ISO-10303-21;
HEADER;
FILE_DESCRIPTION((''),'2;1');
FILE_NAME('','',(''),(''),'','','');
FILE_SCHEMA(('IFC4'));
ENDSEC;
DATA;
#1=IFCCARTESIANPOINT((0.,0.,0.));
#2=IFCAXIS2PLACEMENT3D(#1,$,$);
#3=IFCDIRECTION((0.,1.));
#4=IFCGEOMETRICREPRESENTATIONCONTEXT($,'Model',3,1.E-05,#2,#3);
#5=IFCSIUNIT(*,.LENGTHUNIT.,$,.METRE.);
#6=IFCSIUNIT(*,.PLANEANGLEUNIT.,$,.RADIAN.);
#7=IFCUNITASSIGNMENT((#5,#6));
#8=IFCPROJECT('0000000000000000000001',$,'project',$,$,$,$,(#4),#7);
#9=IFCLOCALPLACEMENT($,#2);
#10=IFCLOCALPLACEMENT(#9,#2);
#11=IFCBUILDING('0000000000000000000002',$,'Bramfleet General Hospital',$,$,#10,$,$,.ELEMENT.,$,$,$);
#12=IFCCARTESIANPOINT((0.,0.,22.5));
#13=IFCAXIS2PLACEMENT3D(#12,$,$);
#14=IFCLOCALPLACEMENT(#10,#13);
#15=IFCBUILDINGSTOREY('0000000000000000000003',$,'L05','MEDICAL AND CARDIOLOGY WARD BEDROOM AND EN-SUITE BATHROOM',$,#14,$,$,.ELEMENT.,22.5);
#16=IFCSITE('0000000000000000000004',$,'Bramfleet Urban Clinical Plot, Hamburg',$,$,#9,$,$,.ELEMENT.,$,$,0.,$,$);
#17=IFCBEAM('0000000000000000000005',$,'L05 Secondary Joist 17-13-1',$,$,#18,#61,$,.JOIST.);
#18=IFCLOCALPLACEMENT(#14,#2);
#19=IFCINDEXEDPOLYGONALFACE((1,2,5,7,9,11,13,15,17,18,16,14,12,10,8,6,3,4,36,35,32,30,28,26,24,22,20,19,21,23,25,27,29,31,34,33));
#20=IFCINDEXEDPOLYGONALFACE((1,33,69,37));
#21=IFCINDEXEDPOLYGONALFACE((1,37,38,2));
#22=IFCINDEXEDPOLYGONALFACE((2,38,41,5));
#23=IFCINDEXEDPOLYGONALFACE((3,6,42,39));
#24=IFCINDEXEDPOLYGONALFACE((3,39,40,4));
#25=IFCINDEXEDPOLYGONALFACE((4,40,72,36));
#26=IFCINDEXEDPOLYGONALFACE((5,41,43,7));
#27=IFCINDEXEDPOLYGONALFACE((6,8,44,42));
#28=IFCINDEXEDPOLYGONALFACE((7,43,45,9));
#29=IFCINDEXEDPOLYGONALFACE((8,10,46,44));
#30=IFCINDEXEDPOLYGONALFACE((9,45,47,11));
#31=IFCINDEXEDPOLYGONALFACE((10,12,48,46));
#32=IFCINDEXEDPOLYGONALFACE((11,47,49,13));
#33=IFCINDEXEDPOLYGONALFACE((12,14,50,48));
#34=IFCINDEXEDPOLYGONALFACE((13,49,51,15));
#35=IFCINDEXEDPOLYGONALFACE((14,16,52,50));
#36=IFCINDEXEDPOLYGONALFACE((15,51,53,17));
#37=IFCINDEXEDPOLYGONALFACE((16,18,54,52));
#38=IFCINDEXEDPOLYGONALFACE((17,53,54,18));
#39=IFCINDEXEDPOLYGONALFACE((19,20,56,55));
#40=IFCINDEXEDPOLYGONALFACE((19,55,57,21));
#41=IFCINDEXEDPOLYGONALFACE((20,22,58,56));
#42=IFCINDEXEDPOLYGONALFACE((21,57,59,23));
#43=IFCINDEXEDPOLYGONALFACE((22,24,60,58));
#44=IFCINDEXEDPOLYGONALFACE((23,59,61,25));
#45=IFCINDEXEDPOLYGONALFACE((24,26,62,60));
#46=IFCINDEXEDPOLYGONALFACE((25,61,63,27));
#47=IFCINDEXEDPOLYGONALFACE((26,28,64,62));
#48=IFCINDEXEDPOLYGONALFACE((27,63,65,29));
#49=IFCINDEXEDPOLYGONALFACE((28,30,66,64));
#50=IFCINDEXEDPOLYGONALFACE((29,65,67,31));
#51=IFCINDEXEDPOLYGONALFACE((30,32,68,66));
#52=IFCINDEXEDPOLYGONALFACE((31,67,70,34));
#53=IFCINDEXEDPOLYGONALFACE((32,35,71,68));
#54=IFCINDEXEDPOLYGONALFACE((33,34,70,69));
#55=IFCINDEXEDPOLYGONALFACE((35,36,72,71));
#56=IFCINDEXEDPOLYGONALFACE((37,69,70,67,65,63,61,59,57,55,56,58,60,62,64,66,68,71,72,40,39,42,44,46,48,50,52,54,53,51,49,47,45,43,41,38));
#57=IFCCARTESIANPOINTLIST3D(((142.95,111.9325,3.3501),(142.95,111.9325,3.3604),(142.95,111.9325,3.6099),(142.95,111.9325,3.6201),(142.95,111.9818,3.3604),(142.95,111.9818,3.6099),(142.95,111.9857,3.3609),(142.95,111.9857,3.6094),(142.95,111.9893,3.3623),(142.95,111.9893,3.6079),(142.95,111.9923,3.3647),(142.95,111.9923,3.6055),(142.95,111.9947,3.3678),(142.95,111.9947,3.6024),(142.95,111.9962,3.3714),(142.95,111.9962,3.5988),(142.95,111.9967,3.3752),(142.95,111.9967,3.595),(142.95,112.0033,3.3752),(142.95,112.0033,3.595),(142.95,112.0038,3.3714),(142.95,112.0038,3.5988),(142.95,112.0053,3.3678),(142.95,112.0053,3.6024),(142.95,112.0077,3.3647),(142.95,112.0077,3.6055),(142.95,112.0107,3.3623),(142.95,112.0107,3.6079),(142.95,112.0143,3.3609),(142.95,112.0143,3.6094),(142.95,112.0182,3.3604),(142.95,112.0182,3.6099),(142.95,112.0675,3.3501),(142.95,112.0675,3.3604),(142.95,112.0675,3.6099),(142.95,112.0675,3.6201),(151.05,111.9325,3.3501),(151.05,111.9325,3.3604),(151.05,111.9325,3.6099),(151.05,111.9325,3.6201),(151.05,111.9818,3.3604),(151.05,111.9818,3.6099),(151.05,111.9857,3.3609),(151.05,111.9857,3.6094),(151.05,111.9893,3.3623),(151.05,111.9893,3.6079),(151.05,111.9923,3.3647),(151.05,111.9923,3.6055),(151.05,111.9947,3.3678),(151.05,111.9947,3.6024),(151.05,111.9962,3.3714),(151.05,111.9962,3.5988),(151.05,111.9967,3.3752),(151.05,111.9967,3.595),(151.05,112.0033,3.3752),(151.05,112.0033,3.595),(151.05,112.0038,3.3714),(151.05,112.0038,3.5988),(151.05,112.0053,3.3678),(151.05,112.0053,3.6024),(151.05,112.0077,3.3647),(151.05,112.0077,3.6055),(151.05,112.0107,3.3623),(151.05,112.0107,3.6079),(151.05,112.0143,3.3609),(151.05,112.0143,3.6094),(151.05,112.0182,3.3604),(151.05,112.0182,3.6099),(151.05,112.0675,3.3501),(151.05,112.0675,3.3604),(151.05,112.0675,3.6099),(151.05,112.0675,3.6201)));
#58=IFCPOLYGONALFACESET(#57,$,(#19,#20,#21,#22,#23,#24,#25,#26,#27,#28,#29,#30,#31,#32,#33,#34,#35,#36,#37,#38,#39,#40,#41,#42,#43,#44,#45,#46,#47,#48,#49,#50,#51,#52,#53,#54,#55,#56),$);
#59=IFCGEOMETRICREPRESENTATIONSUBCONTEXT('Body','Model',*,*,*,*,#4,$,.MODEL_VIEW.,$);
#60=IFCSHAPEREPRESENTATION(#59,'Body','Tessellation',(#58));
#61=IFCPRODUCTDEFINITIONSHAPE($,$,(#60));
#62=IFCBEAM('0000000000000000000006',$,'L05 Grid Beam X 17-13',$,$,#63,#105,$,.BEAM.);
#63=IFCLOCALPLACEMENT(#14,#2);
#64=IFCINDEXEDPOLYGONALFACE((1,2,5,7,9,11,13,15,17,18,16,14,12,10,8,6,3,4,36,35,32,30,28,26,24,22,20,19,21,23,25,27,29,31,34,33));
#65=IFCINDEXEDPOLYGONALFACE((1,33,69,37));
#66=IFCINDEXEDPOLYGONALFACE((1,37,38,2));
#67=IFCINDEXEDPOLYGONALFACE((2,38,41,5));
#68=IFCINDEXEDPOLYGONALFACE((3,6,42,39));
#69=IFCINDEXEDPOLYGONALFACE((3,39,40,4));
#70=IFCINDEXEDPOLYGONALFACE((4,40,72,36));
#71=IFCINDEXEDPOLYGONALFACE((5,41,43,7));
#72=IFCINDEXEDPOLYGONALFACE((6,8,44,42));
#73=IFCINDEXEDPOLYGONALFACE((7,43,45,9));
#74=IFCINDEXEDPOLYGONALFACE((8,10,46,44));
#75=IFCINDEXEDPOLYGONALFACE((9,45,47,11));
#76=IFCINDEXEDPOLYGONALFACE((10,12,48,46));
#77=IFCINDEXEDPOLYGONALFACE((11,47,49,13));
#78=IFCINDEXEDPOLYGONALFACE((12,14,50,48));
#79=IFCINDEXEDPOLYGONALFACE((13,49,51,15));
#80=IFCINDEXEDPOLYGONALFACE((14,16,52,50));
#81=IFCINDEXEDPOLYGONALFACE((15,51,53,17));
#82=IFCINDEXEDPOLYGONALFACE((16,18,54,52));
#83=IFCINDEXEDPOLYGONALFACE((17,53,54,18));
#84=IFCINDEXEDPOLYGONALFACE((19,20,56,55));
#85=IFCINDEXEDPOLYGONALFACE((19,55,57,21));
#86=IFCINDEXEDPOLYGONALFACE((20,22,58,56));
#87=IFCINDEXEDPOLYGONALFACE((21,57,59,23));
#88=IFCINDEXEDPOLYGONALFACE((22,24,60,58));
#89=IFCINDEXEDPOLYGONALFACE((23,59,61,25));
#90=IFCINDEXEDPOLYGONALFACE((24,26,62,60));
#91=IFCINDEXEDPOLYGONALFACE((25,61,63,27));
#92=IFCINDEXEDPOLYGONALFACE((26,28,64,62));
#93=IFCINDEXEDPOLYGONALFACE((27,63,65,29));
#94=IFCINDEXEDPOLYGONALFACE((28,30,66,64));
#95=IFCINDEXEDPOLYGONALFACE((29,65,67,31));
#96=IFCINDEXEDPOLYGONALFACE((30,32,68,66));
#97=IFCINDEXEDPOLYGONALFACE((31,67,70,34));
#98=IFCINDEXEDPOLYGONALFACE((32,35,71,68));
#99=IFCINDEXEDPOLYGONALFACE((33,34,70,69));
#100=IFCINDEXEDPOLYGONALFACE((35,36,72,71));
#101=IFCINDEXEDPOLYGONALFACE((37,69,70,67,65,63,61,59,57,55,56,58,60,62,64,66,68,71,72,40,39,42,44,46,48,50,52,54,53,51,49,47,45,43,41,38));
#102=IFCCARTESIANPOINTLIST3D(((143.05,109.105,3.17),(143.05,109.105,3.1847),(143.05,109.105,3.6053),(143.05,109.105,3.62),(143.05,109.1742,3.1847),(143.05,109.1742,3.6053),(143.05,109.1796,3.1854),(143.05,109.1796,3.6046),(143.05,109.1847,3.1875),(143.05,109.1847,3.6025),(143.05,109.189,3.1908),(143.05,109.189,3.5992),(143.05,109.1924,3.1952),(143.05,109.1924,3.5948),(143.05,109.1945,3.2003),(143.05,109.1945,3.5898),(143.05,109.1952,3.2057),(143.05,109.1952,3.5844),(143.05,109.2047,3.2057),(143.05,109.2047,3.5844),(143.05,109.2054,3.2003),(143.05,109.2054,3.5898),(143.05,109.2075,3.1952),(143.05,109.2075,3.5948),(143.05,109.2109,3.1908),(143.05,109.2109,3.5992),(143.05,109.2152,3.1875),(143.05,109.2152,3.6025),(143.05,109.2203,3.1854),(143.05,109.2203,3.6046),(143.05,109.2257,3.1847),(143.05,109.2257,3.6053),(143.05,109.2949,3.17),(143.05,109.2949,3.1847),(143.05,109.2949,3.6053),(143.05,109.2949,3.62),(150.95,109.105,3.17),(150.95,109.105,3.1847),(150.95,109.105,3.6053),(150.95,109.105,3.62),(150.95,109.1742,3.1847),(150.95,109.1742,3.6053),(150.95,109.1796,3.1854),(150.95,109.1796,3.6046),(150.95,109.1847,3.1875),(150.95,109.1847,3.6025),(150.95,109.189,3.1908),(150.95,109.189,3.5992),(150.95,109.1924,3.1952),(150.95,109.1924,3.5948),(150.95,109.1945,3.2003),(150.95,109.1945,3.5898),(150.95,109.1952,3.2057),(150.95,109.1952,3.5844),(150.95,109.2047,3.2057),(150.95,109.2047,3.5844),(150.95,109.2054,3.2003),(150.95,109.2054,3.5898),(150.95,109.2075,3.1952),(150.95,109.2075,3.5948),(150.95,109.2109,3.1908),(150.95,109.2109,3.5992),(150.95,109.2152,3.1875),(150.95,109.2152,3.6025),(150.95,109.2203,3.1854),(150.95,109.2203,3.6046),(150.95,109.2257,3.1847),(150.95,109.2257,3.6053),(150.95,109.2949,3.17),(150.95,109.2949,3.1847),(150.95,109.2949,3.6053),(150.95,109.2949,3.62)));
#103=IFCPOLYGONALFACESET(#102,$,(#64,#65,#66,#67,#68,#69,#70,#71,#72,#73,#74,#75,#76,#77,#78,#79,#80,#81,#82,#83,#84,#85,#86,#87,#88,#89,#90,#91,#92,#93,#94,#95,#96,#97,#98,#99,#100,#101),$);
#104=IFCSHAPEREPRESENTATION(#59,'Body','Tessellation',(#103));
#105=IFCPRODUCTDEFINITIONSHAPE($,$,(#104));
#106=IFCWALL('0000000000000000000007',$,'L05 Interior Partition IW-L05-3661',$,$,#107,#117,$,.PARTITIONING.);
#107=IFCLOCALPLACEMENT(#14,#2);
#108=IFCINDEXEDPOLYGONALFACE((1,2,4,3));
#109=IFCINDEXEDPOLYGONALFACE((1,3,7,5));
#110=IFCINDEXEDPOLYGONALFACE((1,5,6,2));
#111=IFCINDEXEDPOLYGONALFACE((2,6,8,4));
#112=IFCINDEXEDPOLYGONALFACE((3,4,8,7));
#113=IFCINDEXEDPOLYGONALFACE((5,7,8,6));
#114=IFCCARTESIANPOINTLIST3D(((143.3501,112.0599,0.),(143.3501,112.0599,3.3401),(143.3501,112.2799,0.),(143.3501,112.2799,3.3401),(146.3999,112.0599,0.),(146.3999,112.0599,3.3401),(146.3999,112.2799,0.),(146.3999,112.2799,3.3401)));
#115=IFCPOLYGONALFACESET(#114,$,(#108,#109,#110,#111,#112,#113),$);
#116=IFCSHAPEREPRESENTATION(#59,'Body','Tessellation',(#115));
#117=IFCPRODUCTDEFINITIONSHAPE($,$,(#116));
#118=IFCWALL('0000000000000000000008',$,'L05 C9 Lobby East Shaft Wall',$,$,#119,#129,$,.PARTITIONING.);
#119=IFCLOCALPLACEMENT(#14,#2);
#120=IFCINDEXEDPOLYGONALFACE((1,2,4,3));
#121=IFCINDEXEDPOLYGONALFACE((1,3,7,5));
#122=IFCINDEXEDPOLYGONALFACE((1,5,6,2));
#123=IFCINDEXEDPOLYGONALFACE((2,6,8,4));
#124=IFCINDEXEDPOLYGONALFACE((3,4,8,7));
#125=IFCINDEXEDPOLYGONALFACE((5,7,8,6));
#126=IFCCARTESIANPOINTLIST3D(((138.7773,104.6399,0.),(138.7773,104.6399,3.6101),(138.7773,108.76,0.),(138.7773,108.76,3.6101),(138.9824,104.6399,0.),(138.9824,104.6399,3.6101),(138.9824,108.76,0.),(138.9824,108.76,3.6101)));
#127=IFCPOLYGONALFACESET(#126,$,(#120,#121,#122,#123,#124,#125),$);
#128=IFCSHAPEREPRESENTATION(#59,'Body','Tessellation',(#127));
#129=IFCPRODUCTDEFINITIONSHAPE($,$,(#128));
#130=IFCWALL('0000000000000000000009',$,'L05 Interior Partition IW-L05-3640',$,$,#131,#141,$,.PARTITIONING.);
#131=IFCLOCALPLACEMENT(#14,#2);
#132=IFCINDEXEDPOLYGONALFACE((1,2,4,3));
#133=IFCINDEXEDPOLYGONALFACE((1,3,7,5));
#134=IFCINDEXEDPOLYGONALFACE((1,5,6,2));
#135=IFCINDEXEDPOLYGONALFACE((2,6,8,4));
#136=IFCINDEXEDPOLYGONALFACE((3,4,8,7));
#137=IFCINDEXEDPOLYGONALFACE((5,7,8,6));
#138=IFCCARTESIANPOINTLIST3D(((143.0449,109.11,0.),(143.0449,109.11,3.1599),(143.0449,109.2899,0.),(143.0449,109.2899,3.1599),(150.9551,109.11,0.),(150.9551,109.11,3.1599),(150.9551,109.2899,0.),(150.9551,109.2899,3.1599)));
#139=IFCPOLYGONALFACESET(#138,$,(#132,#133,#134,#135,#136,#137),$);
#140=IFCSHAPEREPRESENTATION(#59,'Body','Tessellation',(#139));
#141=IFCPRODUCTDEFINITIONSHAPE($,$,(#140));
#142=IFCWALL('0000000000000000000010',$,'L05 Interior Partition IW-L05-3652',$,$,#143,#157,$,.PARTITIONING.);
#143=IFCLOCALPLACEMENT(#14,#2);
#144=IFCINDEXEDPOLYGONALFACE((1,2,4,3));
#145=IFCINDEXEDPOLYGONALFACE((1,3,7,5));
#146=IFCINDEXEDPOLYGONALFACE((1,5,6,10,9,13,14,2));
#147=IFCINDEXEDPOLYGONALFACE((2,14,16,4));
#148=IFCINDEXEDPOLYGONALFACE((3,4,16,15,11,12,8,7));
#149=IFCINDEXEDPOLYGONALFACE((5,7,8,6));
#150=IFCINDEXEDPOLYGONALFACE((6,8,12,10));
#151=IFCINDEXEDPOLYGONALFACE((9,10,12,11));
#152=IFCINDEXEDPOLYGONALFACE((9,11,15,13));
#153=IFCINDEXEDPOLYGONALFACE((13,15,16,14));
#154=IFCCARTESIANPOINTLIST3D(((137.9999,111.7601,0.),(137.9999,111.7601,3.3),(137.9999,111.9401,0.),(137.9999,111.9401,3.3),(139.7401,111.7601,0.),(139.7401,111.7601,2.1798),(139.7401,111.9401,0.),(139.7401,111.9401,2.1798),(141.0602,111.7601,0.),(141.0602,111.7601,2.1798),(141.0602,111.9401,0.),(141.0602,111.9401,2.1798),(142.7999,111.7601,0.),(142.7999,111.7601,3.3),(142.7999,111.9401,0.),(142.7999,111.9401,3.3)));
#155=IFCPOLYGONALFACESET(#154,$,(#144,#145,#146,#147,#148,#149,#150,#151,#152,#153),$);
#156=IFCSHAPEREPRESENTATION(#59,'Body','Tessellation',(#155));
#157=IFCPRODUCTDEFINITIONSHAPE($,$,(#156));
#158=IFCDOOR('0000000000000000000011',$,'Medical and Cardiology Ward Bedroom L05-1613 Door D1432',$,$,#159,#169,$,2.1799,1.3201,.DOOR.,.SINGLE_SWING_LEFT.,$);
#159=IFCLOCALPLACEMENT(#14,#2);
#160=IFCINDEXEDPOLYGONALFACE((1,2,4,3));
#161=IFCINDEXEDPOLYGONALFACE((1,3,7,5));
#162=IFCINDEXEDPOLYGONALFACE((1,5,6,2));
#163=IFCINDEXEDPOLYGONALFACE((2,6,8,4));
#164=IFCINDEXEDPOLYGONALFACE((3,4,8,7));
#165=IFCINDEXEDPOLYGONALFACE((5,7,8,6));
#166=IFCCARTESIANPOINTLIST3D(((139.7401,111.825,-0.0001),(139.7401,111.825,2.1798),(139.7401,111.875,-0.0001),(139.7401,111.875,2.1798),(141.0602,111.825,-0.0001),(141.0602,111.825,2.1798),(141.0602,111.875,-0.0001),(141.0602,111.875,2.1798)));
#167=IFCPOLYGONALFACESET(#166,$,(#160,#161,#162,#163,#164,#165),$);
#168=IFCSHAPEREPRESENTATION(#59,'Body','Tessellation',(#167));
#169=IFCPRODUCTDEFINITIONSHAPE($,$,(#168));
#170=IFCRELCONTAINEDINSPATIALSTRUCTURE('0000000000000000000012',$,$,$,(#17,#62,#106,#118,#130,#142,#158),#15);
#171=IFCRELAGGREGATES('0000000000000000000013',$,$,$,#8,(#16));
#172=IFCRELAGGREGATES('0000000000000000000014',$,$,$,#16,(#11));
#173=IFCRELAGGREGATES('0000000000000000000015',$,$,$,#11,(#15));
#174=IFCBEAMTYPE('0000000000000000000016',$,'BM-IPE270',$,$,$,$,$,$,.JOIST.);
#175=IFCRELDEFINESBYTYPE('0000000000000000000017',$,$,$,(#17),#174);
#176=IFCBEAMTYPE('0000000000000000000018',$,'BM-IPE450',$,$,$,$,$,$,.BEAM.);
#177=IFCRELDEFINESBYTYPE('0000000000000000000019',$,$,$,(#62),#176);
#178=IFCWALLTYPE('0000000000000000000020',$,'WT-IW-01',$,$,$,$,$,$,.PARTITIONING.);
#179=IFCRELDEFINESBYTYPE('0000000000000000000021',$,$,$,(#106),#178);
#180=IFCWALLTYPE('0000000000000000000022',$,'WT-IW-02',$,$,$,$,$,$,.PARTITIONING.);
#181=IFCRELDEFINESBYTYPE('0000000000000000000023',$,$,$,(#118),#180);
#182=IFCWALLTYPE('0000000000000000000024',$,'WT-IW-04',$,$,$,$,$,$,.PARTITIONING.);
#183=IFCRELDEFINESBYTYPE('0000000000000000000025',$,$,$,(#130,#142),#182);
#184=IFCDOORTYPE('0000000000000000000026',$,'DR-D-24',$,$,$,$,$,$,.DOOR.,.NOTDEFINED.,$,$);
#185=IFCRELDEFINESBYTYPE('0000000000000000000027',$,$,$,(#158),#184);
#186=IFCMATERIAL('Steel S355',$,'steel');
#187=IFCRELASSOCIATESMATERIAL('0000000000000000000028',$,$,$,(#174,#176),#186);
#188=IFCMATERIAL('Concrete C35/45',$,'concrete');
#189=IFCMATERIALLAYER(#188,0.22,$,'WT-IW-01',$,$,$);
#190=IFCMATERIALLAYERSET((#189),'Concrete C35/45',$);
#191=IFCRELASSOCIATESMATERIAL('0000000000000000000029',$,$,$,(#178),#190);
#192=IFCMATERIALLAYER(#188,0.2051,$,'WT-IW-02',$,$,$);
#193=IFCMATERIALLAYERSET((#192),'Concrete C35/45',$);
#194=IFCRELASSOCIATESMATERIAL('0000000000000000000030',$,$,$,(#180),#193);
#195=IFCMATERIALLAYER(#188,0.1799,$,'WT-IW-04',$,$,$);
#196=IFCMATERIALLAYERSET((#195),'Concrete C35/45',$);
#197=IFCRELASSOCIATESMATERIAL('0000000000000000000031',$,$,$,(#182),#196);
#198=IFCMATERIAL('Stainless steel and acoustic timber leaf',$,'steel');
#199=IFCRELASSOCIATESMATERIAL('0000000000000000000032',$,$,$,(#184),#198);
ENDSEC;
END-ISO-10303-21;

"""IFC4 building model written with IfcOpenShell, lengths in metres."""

from ifc_helpers import new_model, si_unit, direction, frame, frame_2d, origin, origin_2d, place, context, subcontext, project, spatial, rectangle, i_section, extrude, material, layer, layer_set, material_profile, profile_set, type_object, element, fill, save


model = new_model("IFC4")

# Units and contexts
model_context = context("Model", 3, precision=1e-05, world=origin(), true_north=direction((0.0, 1.0)))
body_context = subcontext(model_context, "Body", "Model", "MODEL_VIEW")
ifc_project = project(units=[si_unit("LENGTHUNIT", "METRE"), si_unit("PLANEANGLEUNIT", "RADIAN")], contexts=[model_context])

# Site, building, storey
site_placement = place(None, origin())
site = spatial("IfcSite", under=ifc_project, at=site_placement, Name="Bramfleet Urban Clinical Plot, Hamburg", CompositionType="ELEMENT", RefElevation=0.0)
building_placement = place(site_placement, origin())
building = spatial("IfcBuilding", under=site, at=building_placement, Name="Bramfleet General Hospital", CompositionType="ELEMENT")
storey_placement = place(building_placement, frame((0.0, 0.0, 22.5)))
storey = spatial("IfcBuildingStorey", under=building, at=storey_placement, Name="L05", Description="MEDICAL AND CARDIOLOGY WARD BEDROOM AND EN-SUITE BATHROOM", CompositionType="ELEMENT", Elevation=22.5)

# Beams
ifc_material_1 = material(Name="Steel S355", Category="steel")
ifc_material_profile_1 = material_profile(ifc_material_1, i_section(OverallWidth=0.135, OverallDepth=0.27, WebThickness=0.0066, FlangeThickness=0.0103, FilletRadius=0.0149, at=origin_2d()), Name="IPE 270")
ifc_profile_set_1 = profile_set([ifc_material_profile_1], Name="Steel S355")
beam_type_1 = type_object("IfcBeamType", Name="BM-IPE270", PredefinedType="JOIST", material=ifc_profile_set_1)
for number, where, z_axis, x_axis, name in (
    (1, (142.95, 112.0, 3.4851), (1.0, 0.0, 0.0), (0.0, 1.0, 0.0), "L05 Secondary Joist 17-13-1"),
):
    element("IfcBeam", number, at=place(storey_placement, frame(where, z_axis=z_axis, x_axis=x_axis)), inside=storey, type_object=beam_type_1, Name=name, PredefinedType="JOIST", context=body_context, shape_type="SweptSolid", body=[
        extrude(i_section(OverallWidth=0.135, OverallDepth=0.27, WebThickness=0.0066, FlangeThickness=0.0103, FilletRadius=0.0149, at=origin_2d()), origin(), (0.0, 0.0, 1.0), 8.1001),
    ])
ifc_material_profile_2 = material_profile(ifc_material_1, i_section(OverallWidth=0.1899, OverallDepth=0.45, WebThickness=0.0095, FlangeThickness=0.0146, FilletRadius=0.021, at=origin_2d()), Name="IPE 450")
ifc_profile_set_2 = profile_set([ifc_material_profile_2], Name="Steel S355")
beam_type_2 = type_object("IfcBeamType", Name="BM-IPE450", PredefinedType="BEAM", material=ifc_profile_set_2)
beam_1_placement = place(storey_placement, frame((143.05, 109.2, 3.395), z_axis=(1.0, 0.0, 0.0), x_axis=(0.0, 1.0, 0.0)))
element("IfcBeam", 2, at=beam_1_placement, inside=storey, type_object=beam_type_2, Name="L05 Grid Beam X 17-13", PredefinedType="BEAM", context=body_context, shape_type="SweptSolid", body=[
    extrude(i_section(OverallWidth=0.1899, OverallDepth=0.45, WebThickness=0.0095, FlangeThickness=0.0146, FilletRadius=0.021, at=origin_2d()), origin(), (0.0, 0.0, 1.0), 7.8999),
])

# Walls
ifc_material_2 = material(Name="Concrete C35/45", Category="concrete")
ifc_layer_1 = layer(ifc_material_2, 0.22, Name="WT-IW-01")
ifc_layer_set_1 = layer_set([ifc_layer_1], Name="Concrete C35/45")
wall_type_1 = type_object("IfcWallType", Name="WT-IW-01", PredefinedType="PARTITIONING", material=ifc_layer_set_1)
wall_1_placement = place(storey_placement, frame((143.3501, 112.1699, 0.0), z_axis=(0.0, 0.0, 1.0), x_axis=(1.0, 0.0, 0.0)))
element("IfcWall", 3, at=wall_1_placement, inside=storey, type_object=wall_type_1, Name="L05 Interior Partition IW-L05-3661", PredefinedType="PARTITIONING", context=body_context, shape_type="SweptSolid", body=[
    extrude(rectangle(XDim=3.0498, YDim=0.22, at=frame_2d((1.5249, 0.0))), origin(), (0.0, 0.0, 1.0), 3.3401),
])
ifc_layer_2 = layer(ifc_material_2, 0.2051, Name="WT-IW-02")
ifc_layer_set_2 = layer_set([ifc_layer_2], Name="Concrete C35/45")
wall_type_2 = type_object("IfcWallType", Name="WT-IW-02", PredefinedType="PARTITIONING", material=ifc_layer_set_2)
wall_2_placement = place(storey_placement, frame((138.8799, 104.6399, 0.0), z_axis=(0.0, 0.0, 1.0), x_axis=(0.0, 1.0, 0.0)))
element("IfcWall", 4, at=wall_2_placement, inside=storey, type_object=wall_type_2, Name="L05 C9 Lobby East Shaft Wall", PredefinedType="PARTITIONING", context=body_context, shape_type="SweptSolid", body=[
    extrude(rectangle(XDim=4.1201, YDim=0.2051, at=frame_2d((2.0601, 0.0))), origin(), (0.0, 0.0, 1.0), 3.6101),
])
ifc_layer_3 = layer(ifc_material_2, 0.1799, Name="WT-IW-04")
ifc_layer_set_3 = layer_set([ifc_layer_3], Name="Concrete C35/45")
wall_type_3 = type_object("IfcWallType", Name="WT-IW-04", PredefinedType="PARTITIONING", material=ifc_layer_set_3)
wall_3_placement = place(storey_placement, frame((143.0449, 109.2, 0.0), z_axis=(0.0, 0.0, 1.0), x_axis=(1.0, 0.0, 0.0)))
element("IfcWall", 5, at=wall_3_placement, inside=storey, type_object=wall_type_3, Name="L05 Interior Partition IW-L05-3640", PredefinedType="PARTITIONING", context=body_context, shape_type="SweptSolid", body=[
    extrude(rectangle(XDim=7.9102, YDim=0.1799, at=frame_2d((3.9551, 0.0))), origin(), (0.0, 0.0, 1.0), 3.1599),
])

# Wall, opening, door
wall_4_placement = place(storey_placement, frame((138.0, 111.8501, 0.0), z_axis=(0.0, 0.0, 1.0), x_axis=(1.0, 0.0, 0.0)))
wall_4 = element("IfcWall", 6, at=wall_4_placement, inside=storey, type_object=wall_type_3, Name="L05 Interior Partition IW-L05-3652", PredefinedType="PARTITIONING", context=body_context, shape_type="SweptSolid", body=[
    extrude(rectangle(XDim=4.8, YDim=0.1799, at=frame_2d((2.3999, 0.0))), origin(), (0.0, 0.0, 1.0), 3.3),
])
opening_1_placement = place(wall_4_placement, frame((1.74, 0.0, 0.0)))
opening_1 = element("IfcOpeningElement", 7, at=opening_1_placement, cuts=wall_4, PredefinedType="OPENING", context=body_context, shape_type="SweptSolid", body=[
    extrude(rectangle(XDim=1.3201, YDim=2.1799, at=frame_2d((0.6602, 1.0898))), frame((0.0, 0.0999, 0.0), z_axis=(0.0, -1.0, 0.0), x_axis=(1.0, 0.0, 0.0)), (0.0, 0.0, 1.0), 0.2),
])
ifc_material_3 = material(Name="Stainless steel and acoustic timber leaf", Category="steel")
door_type_1 = type_object("IfcDoorType", Name="DR-D-24", OperationType="NOTDEFINED", PredefinedType="DOOR", material=ifc_material_3)
door_1_placement = place(opening_1_placement, origin())
door_1 = element("IfcDoor", 8, at=door_1_placement, inside=storey, type_object=door_type_1, Name="Medical and Cardiology Ward Bedroom L05-1613 Door D1432", OperationType="SINGLE_SWING_LEFT", OverallHeight=2.1799, OverallWidth=1.3201, PredefinedType="DOOR", context=body_context, shape_type="SweptSolid", body=[
    extrude(rectangle(XDim=1.3201, YDim=2.1799, at=frame_2d((0.6602, 1.0898))), frame((0.0, 0.0249, 0.0), z_axis=(0.0, -1.0, 0.0), x_axis=(1.0, 0.0, 0.0)), (0.0, 0.0, 1.0), 0.05),
])
fill(opening_1, door_1)

save(model, "model.ifc")
